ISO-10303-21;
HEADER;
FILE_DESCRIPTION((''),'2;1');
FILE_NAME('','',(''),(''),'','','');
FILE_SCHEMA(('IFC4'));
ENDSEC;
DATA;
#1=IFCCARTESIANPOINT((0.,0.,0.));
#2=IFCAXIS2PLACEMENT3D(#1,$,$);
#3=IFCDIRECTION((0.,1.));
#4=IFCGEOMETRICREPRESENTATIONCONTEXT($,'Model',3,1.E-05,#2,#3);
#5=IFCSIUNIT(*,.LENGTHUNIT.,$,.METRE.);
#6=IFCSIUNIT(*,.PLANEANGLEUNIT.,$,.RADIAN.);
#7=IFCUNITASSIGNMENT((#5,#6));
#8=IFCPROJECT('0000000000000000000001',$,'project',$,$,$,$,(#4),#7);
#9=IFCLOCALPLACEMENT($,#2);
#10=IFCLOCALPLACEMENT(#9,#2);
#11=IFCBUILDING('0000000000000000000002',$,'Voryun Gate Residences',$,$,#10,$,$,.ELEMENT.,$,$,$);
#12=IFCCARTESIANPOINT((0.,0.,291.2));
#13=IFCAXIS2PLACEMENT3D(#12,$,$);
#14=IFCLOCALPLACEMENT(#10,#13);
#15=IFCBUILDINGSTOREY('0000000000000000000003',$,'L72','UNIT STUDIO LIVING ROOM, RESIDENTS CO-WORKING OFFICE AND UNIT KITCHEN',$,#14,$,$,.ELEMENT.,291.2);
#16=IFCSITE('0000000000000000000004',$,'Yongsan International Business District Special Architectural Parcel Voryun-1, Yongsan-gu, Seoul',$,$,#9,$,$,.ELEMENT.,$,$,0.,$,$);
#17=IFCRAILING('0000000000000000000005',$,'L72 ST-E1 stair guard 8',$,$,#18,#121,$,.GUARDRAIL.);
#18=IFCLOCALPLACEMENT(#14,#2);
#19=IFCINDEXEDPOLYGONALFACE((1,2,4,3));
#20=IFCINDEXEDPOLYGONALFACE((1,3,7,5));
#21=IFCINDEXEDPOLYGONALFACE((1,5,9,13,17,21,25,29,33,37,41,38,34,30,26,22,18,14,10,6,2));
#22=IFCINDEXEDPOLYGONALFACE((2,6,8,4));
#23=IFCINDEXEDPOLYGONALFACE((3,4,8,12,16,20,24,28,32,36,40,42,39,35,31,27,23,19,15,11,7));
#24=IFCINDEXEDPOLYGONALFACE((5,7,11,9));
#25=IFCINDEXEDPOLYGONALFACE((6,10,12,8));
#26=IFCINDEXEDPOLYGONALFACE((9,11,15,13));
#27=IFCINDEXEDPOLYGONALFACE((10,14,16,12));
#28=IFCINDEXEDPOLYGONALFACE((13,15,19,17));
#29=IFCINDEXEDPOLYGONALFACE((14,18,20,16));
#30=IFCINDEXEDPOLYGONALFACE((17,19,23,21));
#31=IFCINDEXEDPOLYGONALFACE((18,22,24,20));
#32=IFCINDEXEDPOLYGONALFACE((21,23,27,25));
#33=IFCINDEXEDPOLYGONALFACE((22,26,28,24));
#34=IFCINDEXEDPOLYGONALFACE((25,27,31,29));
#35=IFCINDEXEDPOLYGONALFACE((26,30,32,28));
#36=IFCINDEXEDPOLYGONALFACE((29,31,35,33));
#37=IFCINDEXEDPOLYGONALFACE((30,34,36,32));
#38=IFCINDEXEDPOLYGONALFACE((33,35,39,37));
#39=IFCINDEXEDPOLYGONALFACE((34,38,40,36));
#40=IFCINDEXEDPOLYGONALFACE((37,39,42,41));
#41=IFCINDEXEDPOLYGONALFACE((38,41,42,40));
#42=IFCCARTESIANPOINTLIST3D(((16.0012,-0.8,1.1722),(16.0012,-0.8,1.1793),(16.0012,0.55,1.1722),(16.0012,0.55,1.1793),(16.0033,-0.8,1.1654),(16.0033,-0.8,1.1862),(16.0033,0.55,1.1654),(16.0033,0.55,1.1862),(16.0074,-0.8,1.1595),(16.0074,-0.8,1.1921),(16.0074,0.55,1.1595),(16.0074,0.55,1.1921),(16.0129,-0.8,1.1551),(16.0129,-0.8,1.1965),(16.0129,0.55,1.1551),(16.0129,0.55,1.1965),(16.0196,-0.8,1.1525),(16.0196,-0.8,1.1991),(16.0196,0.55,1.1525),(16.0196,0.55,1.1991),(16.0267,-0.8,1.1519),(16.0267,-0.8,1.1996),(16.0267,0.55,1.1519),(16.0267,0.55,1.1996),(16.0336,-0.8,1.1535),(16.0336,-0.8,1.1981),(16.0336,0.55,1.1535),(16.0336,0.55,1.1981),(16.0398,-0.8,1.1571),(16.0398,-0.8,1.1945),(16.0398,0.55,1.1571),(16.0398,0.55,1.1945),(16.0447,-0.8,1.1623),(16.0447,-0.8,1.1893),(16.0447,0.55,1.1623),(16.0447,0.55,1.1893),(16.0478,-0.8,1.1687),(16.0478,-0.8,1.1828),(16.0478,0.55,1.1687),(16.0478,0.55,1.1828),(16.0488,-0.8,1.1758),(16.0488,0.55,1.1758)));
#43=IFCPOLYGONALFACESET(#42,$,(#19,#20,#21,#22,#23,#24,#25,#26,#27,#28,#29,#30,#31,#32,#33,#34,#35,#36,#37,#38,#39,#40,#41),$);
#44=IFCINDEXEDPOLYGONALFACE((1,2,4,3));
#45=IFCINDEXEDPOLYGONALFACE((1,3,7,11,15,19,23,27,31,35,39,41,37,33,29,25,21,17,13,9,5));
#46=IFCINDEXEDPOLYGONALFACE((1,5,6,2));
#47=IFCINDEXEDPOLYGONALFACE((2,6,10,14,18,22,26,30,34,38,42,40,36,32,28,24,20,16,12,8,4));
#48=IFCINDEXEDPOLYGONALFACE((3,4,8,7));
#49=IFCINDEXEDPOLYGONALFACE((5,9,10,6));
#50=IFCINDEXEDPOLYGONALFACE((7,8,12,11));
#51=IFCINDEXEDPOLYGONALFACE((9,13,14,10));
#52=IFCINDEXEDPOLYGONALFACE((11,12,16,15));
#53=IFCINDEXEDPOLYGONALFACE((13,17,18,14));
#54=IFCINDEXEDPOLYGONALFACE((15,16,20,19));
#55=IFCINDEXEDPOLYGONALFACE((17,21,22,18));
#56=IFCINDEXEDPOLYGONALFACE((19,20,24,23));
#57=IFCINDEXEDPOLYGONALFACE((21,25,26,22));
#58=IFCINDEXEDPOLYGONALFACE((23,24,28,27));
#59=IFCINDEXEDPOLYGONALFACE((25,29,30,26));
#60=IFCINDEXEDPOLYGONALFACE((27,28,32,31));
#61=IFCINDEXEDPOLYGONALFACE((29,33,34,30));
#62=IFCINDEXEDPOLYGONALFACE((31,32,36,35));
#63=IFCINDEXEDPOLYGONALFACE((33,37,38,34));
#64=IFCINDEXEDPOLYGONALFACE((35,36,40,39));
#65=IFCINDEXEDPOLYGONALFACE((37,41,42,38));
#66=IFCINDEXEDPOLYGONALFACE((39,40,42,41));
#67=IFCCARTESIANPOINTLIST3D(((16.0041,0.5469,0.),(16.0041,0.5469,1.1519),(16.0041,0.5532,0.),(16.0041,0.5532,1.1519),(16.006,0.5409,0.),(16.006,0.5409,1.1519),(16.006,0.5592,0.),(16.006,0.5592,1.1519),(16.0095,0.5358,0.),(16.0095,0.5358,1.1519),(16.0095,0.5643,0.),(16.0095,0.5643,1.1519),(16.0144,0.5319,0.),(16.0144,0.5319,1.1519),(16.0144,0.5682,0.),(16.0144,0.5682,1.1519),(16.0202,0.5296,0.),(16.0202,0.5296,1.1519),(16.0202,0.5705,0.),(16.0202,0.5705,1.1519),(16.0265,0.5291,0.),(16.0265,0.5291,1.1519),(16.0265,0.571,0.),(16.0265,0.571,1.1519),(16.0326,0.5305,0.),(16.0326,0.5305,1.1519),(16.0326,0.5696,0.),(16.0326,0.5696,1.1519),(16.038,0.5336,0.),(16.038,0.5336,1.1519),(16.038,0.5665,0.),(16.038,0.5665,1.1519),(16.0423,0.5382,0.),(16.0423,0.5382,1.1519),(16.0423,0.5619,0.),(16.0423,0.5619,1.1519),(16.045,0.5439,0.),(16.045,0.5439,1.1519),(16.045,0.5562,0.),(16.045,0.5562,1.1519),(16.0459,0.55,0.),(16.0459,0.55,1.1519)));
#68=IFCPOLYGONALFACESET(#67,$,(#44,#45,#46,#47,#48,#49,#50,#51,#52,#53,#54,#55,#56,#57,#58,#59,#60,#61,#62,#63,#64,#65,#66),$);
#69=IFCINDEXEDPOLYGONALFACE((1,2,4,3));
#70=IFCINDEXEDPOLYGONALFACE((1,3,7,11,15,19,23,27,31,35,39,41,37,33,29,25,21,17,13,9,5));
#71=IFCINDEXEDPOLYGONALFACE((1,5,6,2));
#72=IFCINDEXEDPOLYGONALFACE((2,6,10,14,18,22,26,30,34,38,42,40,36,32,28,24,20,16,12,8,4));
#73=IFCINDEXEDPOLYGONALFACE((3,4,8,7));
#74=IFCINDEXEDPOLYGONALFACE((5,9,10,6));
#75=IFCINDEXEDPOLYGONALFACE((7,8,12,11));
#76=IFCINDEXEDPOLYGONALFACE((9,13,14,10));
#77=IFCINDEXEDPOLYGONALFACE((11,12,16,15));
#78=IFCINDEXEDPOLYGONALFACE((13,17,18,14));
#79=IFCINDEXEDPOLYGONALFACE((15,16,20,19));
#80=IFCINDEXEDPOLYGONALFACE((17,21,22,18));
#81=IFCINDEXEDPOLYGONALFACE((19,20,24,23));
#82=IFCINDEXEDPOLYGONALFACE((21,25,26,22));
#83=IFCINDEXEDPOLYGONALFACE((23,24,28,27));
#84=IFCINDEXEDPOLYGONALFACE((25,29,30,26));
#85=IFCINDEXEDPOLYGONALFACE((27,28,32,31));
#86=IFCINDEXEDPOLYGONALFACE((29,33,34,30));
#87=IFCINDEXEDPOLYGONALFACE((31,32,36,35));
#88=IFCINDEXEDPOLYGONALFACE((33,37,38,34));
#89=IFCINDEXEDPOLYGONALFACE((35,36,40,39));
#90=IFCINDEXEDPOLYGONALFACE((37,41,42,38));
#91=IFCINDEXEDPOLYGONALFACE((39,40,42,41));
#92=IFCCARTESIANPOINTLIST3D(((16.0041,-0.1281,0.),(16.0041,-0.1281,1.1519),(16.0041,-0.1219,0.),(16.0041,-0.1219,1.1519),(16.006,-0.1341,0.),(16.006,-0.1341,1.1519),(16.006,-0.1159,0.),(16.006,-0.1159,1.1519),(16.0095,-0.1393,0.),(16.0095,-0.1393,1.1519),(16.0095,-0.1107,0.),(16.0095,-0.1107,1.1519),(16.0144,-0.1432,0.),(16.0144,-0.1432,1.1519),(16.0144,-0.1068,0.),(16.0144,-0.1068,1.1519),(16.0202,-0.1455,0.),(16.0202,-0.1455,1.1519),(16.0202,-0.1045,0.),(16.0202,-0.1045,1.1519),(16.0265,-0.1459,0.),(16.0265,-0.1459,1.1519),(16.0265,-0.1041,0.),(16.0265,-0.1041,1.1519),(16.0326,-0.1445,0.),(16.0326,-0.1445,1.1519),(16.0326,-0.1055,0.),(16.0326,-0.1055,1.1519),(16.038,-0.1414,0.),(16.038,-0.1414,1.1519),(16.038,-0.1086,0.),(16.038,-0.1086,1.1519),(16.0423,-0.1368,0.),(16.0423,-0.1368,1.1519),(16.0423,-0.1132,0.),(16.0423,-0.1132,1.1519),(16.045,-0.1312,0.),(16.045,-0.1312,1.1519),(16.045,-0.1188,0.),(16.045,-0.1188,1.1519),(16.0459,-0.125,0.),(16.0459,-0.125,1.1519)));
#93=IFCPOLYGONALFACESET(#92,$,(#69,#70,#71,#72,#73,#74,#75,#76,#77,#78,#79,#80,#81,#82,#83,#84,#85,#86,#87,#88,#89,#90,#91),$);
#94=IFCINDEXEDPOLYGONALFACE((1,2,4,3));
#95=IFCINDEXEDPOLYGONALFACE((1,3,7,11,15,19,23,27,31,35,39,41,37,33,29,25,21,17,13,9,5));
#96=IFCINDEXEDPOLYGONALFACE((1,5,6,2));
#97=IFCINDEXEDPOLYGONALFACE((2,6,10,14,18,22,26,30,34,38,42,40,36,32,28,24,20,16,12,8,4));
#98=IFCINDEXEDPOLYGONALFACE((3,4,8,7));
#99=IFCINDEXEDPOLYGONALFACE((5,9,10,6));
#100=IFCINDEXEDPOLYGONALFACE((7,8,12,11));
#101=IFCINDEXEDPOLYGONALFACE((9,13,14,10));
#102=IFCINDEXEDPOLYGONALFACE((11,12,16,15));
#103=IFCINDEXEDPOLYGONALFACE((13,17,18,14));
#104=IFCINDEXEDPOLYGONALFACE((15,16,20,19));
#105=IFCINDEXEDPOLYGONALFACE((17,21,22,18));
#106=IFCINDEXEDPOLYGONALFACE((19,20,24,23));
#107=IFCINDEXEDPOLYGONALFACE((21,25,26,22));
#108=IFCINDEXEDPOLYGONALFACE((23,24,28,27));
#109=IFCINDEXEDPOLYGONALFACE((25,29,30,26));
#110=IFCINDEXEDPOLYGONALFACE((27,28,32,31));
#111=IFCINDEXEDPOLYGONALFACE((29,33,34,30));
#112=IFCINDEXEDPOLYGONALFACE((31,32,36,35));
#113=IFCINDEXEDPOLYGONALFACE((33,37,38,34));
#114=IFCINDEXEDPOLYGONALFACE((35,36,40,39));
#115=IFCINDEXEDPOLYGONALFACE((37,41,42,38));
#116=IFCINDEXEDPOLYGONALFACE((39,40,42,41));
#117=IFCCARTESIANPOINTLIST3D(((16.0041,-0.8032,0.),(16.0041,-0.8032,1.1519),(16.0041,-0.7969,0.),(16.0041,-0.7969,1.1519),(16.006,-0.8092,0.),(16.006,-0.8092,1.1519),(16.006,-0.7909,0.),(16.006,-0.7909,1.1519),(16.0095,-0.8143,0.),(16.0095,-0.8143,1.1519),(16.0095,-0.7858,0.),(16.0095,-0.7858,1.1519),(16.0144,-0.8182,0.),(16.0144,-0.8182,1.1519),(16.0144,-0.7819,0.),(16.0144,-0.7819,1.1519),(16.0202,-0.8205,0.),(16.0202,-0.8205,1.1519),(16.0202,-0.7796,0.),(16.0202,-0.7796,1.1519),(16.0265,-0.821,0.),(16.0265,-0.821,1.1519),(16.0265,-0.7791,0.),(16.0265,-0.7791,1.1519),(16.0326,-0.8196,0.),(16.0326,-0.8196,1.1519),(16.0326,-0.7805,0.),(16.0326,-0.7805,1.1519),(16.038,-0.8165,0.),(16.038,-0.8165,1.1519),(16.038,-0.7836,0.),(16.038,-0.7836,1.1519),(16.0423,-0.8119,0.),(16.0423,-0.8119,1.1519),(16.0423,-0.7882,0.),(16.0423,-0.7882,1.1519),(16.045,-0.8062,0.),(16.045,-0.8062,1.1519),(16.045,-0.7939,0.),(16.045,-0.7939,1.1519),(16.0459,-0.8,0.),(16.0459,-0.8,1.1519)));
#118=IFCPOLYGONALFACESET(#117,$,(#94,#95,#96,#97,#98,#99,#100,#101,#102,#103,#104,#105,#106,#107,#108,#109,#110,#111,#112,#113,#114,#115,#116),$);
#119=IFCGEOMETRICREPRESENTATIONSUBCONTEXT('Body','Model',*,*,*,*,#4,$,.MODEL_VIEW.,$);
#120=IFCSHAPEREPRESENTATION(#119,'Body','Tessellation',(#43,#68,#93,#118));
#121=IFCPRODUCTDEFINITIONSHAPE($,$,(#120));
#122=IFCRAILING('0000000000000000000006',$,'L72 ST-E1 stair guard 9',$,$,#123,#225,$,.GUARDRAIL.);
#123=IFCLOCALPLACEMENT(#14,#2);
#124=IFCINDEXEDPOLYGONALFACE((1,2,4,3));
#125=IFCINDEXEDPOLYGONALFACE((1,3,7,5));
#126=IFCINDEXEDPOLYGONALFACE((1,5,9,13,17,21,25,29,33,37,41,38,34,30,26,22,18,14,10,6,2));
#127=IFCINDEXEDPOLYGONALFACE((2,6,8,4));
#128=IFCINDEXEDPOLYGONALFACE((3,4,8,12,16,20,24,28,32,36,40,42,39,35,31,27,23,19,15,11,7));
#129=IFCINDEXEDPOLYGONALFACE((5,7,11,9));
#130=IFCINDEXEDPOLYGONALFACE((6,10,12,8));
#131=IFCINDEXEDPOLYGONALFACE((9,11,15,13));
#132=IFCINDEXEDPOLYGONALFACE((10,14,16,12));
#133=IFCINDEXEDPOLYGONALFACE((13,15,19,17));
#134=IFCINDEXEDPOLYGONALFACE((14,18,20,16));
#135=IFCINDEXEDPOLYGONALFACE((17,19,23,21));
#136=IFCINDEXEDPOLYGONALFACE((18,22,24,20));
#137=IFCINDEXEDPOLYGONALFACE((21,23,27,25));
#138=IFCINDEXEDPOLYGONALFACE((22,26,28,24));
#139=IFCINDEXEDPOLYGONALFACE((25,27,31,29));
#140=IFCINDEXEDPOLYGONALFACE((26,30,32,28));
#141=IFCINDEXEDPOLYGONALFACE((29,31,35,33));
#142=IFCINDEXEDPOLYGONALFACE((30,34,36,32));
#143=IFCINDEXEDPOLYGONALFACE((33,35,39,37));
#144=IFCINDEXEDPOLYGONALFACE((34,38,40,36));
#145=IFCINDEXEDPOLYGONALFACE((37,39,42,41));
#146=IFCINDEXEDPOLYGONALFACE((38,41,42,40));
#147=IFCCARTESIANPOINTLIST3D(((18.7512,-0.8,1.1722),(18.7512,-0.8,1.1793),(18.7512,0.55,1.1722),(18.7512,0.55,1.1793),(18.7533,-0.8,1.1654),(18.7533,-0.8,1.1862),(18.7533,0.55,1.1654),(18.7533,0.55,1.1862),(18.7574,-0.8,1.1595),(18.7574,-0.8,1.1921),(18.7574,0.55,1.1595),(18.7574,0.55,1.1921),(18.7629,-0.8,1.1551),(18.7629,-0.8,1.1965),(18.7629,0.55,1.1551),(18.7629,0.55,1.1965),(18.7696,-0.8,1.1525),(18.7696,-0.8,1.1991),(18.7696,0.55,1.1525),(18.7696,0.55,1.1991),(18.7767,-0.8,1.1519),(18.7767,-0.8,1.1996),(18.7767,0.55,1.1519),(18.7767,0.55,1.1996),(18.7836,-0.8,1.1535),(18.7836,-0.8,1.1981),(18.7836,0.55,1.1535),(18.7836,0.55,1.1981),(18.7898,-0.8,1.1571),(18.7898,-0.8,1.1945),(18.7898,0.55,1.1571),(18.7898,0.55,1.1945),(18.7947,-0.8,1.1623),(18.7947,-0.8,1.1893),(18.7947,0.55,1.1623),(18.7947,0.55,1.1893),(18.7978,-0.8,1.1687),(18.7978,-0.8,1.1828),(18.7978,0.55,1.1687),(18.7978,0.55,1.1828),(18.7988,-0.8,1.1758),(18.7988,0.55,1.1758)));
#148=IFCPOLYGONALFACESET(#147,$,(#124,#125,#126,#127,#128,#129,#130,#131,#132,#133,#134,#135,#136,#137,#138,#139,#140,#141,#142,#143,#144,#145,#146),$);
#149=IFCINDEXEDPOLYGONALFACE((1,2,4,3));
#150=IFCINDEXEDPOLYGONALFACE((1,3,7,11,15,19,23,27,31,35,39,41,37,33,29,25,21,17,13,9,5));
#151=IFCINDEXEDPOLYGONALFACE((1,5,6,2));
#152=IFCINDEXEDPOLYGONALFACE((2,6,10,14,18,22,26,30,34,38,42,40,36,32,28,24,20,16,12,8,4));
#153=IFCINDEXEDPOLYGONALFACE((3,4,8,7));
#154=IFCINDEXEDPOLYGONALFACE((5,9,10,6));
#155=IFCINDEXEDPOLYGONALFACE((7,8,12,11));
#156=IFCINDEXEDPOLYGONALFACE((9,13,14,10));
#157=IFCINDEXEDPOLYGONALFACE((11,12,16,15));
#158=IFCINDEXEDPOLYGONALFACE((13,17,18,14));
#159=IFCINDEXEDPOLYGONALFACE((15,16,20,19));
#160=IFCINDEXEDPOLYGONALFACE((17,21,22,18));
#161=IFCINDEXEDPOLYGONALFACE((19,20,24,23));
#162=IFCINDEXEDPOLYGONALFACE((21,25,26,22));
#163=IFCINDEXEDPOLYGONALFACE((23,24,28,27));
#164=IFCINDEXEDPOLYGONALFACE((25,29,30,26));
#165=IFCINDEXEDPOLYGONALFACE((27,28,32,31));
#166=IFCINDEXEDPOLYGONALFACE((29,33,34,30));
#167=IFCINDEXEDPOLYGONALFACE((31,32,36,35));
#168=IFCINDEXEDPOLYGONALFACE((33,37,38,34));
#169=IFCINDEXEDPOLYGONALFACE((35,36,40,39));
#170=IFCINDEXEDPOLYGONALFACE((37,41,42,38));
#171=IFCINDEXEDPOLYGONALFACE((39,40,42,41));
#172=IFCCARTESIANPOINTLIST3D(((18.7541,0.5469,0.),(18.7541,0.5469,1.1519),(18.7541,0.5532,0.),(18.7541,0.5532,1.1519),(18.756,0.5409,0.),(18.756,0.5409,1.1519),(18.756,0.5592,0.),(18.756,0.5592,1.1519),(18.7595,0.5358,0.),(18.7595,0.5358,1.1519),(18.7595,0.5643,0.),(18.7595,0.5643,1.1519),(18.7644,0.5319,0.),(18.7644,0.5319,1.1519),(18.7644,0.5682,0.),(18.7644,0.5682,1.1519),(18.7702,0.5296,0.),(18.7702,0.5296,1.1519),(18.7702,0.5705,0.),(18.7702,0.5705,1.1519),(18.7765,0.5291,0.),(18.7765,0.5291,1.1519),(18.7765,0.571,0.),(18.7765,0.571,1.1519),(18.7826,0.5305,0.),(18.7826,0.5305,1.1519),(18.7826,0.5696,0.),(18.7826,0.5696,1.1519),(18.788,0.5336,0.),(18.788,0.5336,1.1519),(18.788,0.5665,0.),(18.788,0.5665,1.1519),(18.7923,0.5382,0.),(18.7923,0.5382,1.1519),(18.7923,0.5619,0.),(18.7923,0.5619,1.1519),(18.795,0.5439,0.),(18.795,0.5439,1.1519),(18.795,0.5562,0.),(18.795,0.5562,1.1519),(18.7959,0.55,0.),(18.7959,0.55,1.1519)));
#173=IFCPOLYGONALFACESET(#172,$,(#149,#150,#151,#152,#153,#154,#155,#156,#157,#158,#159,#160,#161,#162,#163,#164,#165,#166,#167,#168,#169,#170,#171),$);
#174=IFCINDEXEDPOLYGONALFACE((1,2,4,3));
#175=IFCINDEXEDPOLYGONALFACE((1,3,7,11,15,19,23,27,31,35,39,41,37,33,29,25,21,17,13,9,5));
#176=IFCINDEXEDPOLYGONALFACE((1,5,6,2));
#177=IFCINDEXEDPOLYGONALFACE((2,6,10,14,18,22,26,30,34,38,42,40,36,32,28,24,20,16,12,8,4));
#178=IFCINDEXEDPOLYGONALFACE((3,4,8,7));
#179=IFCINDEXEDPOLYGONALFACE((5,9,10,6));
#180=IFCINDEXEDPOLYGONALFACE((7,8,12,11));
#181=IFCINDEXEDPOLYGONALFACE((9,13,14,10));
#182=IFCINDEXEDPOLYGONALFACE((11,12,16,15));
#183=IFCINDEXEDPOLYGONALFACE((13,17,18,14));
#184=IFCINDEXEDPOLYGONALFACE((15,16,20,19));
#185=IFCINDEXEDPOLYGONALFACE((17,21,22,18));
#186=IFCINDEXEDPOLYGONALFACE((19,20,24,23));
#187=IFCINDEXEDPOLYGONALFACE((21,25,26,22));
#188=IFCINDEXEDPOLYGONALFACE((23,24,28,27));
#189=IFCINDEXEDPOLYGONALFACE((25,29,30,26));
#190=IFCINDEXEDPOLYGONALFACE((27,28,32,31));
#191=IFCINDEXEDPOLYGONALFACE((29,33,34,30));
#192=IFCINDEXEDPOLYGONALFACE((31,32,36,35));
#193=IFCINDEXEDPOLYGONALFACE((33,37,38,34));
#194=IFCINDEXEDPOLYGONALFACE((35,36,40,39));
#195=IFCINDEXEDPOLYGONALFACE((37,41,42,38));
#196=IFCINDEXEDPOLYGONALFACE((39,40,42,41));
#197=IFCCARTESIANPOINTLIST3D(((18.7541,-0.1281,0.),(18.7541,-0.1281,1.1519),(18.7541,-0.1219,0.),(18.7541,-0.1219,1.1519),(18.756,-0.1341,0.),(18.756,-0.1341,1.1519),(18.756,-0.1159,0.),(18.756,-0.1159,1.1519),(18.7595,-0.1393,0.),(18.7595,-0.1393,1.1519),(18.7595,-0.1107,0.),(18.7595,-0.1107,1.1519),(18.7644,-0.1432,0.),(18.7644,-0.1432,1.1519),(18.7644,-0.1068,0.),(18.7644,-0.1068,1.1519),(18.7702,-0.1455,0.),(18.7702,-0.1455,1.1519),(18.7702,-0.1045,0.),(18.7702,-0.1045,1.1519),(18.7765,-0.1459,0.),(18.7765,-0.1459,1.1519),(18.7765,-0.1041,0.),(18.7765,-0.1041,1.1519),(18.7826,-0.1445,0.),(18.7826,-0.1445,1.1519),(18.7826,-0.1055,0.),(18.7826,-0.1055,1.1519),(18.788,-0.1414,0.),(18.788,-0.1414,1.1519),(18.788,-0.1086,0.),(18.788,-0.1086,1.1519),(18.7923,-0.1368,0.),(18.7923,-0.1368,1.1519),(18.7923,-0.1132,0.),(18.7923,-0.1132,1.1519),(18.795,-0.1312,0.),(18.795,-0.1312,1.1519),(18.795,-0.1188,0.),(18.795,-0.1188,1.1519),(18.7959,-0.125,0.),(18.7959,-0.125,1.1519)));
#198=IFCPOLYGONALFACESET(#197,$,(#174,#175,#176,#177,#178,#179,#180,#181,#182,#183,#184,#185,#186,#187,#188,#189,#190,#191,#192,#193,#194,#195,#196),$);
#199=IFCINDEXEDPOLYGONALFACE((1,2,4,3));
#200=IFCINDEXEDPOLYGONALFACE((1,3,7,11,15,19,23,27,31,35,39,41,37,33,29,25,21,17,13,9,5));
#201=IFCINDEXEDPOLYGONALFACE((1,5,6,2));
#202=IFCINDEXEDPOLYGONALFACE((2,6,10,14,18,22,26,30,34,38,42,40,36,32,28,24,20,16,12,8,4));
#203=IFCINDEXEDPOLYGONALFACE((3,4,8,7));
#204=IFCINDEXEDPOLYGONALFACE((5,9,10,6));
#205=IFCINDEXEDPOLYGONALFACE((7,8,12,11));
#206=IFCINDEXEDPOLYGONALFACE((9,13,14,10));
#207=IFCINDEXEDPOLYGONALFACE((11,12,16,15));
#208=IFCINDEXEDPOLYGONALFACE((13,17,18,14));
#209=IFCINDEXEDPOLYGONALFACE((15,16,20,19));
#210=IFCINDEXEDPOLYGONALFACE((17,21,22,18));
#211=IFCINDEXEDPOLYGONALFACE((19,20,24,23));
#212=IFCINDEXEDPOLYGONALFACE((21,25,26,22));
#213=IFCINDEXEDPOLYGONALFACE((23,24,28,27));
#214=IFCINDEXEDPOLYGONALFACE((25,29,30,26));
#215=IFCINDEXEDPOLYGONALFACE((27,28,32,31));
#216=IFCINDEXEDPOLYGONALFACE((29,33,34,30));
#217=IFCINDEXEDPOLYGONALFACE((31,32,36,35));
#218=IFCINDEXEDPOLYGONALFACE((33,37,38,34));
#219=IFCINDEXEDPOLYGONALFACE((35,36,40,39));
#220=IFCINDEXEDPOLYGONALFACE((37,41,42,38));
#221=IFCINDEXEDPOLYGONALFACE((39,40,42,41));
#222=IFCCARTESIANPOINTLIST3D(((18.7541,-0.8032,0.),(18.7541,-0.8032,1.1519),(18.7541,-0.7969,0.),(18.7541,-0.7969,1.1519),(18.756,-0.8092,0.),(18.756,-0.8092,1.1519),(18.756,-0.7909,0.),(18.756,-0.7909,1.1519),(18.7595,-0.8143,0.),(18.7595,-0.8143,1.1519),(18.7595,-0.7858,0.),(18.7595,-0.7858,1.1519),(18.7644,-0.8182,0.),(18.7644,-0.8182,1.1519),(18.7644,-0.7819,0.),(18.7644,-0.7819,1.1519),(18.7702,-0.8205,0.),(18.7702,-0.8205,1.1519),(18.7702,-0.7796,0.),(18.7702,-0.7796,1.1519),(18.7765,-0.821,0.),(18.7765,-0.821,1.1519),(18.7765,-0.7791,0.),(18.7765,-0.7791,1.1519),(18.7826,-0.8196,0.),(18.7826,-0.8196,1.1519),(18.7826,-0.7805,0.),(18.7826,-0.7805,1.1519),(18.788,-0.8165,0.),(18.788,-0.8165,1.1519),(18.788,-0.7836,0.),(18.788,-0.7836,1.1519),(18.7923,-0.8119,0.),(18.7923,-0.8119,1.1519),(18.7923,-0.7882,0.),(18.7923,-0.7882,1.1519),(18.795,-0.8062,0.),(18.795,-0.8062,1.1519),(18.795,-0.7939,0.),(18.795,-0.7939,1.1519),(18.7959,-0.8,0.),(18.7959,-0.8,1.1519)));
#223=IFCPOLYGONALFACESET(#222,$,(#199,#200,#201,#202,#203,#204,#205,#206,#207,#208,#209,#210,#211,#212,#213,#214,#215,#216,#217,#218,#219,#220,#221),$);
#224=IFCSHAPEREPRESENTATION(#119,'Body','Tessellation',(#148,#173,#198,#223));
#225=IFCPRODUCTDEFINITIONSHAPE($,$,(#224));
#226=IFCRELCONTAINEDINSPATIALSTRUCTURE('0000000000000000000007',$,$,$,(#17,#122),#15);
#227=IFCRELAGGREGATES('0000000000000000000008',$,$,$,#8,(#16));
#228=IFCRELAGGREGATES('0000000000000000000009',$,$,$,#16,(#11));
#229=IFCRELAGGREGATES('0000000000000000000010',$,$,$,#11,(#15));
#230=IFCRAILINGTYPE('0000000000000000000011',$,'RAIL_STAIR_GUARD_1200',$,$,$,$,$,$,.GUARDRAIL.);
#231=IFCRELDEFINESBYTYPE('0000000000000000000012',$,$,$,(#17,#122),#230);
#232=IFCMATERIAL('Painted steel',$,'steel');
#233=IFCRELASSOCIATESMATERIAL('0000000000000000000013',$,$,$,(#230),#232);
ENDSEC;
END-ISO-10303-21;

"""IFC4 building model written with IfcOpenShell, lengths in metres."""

from ifc_helpers import new_model, si_unit, direction, frame, origin, origin_2d, place, context, subcontext, project, spatial, circle, extrude, material, type_object, element, save


model = new_model("IFC4")

# Units and contexts
model_context = context("Model", 3, precision=1e-05, world=origin(), true_north=direction((0.0, 1.0)))
body_context = subcontext(model_context, "Body", "Model", "MODEL_VIEW")
ifc_project = project(units=[si_unit("LENGTHUNIT", "METRE"), si_unit("PLANEANGLEUNIT", "RADIAN")], contexts=[model_context])

# Site, building, storey
site_placement = place(None, origin())
site = spatial("IfcSite", under=ifc_project, at=site_placement, Name="Yongsan International Business District Special Architectural Parcel Voryun-1, Yongsan-gu, Seoul", CompositionType="ELEMENT", RefElevation=0.0)
building_placement = place(site_placement, origin())
building = spatial("IfcBuilding", under=site, at=building_placement, Name="Voryun Gate Residences", CompositionType="ELEMENT")
storey_placement = place(building_placement, frame((0.0, 0.0, 291.2)))
storey = spatial("IfcBuildingStorey", under=building, at=storey_placement, Name="L72", Description="UNIT STUDIO LIVING ROOM, RESIDENTS CO-WORKING OFFICE AND UNIT KITCHEN", CompositionType="ELEMENT", Elevation=291.2)

# Railings
ifc_material_1 = material(Name="Painted steel", Category="steel")
railing_type = type_object("IfcRailingType", Name="RAIL_STAIR_GUARD_1200", PredefinedType="GUARDRAIL", material=ifc_material_1)
for number, where, name in (
    (1, (16.0249, 0.55, 0.0), "L72 ST-E1 stair guard 8"),
    (2, (18.7749, 0.55, 0.0), "L72 ST-E1 stair guard 9"),
):
    element("IfcRailing", number, at=place(storey_placement, frame(where)), inside=storey, type_object=railing_type, Name=name, PredefinedType="GUARDRAIL", context=body_context, shape_type="SweptSolid", body=[
        extrude(circle(Radius=0.0239, at=origin_2d()), frame((0.0, 0.0, 1.1758), z_axis=(0.0, -1.0, 0.0), x_axis=(1.0, 0.0, 0.0)), (0.0, 0.0, 1.0), 1.3501),
        extrude(circle(Radius=0.021, at=origin_2d()), origin(), (0.0, 0.0, 1.0), 1.1519),
        extrude(circle(Radius=0.021, at=origin_2d()), frame((0.0, -0.675, 0.0)), (0.0, 0.0, 1.0), 1.1519),
        extrude(circle(Radius=0.021, at=origin_2d()), frame((0.0, -1.3501, 0.0)), (0.0, 0.0, 1.0), 1.1519),
    ])

save(model, "model.ifc")
